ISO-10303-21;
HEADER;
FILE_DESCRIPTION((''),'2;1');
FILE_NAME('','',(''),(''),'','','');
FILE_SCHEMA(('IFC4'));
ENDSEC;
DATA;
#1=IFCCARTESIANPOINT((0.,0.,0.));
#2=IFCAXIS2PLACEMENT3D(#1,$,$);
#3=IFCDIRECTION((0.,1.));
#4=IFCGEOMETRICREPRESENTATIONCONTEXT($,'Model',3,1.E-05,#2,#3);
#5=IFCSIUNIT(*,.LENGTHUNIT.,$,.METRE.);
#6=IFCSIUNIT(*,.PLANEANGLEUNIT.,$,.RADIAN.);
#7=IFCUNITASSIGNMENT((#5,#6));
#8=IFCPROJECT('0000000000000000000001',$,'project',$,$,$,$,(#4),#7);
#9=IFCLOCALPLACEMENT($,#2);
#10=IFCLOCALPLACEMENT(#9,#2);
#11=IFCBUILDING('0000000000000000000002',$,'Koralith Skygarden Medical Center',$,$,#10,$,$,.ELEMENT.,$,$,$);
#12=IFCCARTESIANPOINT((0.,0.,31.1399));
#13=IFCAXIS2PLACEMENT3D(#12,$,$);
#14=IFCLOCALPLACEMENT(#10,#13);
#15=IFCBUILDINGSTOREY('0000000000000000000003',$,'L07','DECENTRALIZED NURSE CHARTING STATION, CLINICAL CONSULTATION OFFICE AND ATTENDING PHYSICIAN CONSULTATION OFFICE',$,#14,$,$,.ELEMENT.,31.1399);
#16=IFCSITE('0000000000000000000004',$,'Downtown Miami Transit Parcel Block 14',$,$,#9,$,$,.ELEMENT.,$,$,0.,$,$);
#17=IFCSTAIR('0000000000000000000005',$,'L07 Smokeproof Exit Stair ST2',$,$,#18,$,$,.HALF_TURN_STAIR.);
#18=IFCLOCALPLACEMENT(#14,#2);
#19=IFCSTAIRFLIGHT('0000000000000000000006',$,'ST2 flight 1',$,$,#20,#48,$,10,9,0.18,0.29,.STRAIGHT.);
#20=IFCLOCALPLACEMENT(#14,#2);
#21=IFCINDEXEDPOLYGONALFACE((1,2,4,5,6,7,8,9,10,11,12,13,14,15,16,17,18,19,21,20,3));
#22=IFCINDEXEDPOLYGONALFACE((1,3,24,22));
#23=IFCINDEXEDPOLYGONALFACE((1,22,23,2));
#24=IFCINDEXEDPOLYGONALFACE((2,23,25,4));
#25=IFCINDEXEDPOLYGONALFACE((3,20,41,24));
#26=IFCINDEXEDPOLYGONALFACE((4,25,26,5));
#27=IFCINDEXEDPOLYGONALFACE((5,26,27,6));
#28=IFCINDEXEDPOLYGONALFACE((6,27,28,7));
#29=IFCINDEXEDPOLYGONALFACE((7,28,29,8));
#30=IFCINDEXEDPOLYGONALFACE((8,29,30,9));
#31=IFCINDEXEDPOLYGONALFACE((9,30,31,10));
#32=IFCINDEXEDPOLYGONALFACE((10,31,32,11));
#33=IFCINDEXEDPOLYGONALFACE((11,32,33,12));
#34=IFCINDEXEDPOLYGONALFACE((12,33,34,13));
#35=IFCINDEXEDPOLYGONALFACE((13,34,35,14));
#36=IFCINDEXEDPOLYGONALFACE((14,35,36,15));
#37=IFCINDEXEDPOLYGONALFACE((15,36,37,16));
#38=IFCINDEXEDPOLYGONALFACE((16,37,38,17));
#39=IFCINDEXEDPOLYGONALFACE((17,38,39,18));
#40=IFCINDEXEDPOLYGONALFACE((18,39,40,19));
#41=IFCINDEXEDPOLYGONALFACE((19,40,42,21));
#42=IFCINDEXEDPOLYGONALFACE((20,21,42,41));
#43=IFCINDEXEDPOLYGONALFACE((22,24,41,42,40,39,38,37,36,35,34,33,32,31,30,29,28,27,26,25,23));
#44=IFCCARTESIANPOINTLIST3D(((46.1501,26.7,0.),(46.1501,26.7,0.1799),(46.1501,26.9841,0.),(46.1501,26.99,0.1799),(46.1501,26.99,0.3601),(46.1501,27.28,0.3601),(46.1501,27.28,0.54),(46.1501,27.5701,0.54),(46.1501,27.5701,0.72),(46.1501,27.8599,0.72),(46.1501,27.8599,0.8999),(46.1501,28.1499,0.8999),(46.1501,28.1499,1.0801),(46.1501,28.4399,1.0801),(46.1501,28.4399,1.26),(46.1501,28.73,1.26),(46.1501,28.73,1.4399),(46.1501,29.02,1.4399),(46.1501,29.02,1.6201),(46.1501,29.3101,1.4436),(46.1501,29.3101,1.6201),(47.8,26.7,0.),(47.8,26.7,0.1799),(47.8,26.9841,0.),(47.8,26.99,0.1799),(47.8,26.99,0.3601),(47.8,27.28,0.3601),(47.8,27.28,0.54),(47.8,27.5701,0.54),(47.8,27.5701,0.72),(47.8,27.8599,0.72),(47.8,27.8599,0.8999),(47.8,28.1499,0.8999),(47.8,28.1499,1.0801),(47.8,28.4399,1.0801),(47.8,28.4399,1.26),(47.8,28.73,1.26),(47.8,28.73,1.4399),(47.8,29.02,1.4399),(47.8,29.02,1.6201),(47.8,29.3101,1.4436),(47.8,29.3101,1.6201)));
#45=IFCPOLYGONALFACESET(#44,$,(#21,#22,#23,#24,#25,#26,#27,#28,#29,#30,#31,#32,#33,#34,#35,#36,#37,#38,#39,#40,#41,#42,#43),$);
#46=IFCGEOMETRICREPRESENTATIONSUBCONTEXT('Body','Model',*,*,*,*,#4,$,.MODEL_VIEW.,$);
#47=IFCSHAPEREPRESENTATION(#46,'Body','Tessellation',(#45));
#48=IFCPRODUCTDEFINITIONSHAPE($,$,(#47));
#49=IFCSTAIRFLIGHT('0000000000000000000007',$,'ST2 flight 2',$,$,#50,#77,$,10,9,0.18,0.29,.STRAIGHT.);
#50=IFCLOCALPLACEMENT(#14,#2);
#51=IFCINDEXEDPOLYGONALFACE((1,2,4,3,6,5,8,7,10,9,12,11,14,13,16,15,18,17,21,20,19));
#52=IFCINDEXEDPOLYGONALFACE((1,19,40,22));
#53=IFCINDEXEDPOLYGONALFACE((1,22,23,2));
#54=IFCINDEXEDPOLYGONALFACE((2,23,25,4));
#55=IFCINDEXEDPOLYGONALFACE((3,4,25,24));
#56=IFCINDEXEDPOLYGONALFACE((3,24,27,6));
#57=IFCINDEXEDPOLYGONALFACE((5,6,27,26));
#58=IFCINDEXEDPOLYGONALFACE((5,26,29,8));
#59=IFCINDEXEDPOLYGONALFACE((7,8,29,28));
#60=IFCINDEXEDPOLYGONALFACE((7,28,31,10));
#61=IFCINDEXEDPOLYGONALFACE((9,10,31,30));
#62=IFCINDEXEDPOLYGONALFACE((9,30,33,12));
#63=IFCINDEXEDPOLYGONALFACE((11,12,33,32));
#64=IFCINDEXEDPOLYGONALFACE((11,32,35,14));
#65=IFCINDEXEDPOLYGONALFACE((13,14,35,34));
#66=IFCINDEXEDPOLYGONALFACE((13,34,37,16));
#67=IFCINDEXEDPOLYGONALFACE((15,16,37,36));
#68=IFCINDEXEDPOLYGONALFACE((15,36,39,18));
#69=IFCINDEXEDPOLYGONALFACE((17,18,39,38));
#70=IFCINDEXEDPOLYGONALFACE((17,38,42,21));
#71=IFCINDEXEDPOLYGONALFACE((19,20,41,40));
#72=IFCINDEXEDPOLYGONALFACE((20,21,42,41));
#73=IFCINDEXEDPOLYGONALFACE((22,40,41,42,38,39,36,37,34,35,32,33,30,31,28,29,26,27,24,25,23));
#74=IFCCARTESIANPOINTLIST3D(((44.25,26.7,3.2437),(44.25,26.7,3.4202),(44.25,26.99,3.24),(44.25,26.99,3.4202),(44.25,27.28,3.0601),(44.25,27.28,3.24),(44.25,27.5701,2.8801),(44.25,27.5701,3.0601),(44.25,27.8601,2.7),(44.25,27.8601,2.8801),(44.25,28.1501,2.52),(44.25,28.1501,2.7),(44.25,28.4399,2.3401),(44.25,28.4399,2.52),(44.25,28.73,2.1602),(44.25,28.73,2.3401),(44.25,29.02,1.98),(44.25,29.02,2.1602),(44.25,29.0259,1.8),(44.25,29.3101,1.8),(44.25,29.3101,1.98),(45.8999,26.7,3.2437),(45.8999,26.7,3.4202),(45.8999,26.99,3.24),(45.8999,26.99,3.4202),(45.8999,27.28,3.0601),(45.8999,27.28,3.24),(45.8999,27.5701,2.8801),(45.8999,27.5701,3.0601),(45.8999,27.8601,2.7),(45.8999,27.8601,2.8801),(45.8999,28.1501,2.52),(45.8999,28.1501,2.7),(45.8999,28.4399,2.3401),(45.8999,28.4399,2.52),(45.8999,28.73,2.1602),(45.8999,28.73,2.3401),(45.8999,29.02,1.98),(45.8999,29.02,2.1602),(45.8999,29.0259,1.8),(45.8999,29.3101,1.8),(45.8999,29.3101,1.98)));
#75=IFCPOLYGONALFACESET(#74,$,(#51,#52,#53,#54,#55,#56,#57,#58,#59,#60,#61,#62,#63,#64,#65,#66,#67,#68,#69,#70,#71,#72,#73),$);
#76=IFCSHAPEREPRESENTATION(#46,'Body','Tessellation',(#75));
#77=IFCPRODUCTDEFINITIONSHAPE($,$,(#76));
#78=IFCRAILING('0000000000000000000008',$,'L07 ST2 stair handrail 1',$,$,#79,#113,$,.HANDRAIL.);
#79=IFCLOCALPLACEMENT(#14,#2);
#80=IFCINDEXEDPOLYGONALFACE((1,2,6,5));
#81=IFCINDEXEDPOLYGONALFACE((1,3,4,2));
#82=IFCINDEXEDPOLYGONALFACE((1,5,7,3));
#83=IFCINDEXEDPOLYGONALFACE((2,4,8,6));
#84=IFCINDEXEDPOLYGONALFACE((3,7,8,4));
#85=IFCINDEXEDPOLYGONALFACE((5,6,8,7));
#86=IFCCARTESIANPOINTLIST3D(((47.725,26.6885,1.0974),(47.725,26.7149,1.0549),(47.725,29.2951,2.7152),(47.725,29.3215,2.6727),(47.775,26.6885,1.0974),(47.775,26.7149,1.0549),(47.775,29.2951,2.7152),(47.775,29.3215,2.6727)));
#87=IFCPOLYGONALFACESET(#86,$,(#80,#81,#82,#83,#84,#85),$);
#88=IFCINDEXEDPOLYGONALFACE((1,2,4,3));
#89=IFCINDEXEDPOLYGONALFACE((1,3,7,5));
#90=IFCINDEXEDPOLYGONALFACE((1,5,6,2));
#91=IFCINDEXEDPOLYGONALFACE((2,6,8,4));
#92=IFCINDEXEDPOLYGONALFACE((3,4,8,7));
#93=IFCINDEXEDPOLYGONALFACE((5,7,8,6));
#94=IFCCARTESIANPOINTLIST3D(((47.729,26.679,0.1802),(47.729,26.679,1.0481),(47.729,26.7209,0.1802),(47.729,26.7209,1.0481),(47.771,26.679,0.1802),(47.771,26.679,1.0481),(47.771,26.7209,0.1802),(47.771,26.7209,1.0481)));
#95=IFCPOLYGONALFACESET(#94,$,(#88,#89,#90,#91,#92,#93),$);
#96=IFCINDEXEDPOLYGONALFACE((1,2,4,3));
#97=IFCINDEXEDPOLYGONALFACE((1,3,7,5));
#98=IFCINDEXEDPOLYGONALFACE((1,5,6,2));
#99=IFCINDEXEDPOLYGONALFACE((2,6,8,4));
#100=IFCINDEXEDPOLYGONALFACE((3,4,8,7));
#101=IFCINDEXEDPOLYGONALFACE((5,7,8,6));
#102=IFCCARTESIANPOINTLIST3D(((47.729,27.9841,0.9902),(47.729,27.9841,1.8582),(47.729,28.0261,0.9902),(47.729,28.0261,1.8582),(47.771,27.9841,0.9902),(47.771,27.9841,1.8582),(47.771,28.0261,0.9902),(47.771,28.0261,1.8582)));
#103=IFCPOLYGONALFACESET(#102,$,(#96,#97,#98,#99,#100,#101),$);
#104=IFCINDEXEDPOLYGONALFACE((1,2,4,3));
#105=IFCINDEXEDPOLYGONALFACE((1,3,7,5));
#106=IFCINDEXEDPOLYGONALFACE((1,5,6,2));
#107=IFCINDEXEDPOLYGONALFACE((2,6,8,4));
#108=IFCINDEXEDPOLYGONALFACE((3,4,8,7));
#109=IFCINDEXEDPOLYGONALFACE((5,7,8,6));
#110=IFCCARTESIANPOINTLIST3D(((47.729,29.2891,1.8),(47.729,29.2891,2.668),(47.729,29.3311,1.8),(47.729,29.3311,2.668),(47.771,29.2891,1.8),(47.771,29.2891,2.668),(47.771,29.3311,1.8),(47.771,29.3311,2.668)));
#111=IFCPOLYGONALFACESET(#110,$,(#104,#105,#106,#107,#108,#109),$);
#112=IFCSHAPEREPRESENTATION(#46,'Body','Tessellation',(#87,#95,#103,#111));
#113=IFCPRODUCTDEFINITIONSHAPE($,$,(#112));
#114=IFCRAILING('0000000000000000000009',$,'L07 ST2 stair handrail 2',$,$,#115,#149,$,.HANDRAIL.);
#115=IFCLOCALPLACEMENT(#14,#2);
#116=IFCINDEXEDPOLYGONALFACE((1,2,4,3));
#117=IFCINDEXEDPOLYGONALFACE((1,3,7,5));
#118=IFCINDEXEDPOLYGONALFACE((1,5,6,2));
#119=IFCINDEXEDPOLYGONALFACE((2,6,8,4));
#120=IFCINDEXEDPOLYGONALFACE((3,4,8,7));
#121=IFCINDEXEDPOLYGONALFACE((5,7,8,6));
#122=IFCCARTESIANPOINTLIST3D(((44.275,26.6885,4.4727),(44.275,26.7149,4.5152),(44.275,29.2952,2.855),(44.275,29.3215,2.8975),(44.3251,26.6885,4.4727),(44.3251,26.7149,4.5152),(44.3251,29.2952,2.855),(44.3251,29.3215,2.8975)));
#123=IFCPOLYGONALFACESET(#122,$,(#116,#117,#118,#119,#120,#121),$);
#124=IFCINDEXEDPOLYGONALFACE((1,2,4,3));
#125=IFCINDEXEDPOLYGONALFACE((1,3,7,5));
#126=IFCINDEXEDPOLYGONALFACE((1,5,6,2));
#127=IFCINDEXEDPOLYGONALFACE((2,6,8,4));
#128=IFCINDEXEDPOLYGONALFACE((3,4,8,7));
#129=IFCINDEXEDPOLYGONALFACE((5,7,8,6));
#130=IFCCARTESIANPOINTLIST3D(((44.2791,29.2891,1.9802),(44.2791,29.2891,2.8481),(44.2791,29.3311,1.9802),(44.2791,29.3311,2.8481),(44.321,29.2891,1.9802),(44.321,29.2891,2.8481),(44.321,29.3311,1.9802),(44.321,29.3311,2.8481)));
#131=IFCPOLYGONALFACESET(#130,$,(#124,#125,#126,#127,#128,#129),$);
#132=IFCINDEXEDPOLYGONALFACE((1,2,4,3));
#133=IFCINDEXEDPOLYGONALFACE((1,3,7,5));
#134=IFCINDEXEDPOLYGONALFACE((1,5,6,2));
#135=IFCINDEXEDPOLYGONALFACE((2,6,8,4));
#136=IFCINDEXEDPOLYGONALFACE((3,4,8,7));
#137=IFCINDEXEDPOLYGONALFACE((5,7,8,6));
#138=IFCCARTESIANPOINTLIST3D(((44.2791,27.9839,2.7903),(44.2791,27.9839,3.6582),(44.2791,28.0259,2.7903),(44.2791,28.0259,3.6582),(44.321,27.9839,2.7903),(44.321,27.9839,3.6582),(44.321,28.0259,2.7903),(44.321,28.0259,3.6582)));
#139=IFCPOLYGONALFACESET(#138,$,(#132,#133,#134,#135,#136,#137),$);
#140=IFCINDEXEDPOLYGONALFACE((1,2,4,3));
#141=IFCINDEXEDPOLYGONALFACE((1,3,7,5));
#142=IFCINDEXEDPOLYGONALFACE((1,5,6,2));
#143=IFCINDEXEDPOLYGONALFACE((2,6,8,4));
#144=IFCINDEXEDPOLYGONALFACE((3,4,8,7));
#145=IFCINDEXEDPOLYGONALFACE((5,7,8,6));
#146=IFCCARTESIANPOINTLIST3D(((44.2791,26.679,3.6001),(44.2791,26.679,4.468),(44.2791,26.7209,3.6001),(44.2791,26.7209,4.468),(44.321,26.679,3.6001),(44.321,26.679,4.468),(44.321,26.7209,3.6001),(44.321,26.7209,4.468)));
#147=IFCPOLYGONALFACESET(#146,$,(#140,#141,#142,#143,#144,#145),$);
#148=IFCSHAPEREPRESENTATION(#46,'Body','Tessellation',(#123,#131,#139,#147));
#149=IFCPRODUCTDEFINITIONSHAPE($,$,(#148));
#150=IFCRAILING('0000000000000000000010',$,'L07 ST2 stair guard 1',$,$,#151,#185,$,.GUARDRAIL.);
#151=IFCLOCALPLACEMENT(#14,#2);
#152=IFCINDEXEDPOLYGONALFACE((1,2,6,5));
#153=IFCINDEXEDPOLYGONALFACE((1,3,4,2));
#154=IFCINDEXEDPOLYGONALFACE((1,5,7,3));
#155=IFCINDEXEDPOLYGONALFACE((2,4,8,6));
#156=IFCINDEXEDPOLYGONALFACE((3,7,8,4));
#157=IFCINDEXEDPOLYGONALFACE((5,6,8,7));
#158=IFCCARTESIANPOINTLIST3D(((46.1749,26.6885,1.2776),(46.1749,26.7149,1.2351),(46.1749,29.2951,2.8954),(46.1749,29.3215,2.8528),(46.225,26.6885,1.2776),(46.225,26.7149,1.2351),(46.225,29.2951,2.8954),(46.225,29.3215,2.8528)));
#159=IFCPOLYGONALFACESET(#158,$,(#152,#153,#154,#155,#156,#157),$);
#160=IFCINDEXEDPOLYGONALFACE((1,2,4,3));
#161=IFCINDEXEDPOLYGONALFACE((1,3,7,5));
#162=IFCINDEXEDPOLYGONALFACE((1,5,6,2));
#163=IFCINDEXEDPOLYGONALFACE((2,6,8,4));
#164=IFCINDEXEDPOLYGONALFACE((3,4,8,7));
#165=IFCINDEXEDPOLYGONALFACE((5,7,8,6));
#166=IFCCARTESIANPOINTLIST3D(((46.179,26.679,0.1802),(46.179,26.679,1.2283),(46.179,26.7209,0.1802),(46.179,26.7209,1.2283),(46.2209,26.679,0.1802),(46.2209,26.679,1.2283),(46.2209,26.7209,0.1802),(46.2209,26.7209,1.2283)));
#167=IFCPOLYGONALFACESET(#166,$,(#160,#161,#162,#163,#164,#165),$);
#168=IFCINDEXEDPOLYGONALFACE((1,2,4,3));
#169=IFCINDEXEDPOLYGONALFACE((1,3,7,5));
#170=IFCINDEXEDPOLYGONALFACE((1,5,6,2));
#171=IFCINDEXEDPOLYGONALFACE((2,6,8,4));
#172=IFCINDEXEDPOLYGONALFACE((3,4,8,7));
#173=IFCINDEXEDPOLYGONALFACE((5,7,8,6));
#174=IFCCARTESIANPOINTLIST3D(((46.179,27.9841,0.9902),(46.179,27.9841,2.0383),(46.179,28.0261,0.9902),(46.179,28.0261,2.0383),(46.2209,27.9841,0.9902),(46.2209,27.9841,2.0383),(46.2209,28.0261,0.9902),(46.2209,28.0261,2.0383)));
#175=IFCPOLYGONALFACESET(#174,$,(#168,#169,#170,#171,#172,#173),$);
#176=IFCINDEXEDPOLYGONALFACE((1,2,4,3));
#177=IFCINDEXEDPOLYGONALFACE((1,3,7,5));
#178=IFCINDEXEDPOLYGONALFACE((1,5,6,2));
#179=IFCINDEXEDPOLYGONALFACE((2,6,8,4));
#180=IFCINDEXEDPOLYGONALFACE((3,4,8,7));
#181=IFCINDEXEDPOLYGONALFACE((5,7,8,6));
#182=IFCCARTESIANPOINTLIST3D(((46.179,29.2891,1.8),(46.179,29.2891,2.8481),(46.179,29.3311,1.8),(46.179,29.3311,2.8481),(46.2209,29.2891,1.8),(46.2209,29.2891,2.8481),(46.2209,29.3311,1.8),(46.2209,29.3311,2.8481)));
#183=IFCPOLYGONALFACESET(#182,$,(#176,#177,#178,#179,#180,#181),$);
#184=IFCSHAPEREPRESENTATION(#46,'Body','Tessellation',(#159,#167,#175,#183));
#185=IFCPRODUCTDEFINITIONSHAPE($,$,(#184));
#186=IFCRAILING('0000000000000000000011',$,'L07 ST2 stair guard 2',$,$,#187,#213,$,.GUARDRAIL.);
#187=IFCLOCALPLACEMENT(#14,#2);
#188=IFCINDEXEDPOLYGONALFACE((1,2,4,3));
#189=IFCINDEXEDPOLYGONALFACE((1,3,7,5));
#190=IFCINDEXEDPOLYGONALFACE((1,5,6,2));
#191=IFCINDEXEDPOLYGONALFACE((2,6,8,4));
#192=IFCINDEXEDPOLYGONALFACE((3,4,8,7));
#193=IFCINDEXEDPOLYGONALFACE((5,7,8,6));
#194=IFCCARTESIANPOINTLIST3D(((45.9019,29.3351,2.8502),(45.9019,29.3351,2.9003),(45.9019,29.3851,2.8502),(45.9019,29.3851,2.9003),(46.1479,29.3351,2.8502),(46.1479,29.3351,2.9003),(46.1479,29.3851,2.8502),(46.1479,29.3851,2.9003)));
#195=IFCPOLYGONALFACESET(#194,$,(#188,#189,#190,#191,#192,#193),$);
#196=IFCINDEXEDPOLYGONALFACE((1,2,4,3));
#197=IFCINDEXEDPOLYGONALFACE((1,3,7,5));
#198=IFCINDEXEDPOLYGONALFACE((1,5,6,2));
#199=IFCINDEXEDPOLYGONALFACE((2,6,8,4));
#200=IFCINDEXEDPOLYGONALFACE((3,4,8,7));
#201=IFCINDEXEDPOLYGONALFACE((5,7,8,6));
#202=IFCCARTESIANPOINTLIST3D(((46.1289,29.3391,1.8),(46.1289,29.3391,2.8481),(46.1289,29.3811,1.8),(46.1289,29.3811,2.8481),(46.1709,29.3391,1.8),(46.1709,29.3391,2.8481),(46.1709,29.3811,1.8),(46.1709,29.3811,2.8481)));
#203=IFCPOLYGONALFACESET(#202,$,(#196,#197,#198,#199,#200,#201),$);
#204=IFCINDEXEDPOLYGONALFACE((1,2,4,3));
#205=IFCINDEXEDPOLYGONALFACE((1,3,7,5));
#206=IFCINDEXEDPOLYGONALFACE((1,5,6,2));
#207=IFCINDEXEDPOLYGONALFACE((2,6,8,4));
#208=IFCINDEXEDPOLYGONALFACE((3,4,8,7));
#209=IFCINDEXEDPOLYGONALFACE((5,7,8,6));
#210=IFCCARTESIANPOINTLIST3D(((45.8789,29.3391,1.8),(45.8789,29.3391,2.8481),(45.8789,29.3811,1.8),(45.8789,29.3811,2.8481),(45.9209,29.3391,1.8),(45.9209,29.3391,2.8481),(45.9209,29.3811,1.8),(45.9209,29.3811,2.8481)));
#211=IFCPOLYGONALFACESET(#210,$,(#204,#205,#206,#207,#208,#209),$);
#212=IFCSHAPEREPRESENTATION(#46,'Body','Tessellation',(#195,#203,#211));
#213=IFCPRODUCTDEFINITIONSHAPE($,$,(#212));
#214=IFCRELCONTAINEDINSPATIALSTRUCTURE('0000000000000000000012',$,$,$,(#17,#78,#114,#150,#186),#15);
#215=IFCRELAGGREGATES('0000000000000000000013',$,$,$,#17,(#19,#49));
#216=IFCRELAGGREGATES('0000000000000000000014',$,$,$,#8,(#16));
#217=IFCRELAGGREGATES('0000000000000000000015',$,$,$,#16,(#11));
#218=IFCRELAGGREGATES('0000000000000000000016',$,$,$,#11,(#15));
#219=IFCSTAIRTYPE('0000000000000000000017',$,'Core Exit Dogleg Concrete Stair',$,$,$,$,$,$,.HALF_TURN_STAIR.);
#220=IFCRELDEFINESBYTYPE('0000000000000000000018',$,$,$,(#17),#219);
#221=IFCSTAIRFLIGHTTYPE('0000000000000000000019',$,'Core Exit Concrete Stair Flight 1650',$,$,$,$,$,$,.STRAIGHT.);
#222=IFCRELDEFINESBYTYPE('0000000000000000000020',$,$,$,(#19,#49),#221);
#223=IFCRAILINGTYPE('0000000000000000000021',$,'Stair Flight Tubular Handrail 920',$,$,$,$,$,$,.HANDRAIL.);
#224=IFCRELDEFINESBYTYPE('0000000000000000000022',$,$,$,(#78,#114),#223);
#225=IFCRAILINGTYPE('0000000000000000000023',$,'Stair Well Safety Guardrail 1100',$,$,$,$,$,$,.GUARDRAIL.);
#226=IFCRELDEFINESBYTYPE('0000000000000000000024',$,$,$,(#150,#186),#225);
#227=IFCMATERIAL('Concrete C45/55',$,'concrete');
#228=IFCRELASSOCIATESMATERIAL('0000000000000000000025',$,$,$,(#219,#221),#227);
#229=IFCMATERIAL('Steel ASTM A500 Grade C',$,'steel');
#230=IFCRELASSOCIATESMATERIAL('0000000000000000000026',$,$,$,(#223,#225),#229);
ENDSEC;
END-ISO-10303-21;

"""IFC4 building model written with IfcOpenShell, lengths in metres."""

from ifc_helpers import new_model, si_unit, direction, frame, origin, origin_2d, place, context, subcontext, project, spatial, polyline, rectangle, outline, extrude, material, type_object, element, aggregate, save


model = new_model("IFC4")

# Units and contexts
model_context = context("Model", 3, precision=1e-05, world=origin(), true_north=direction((0.0, 1.0)))
body_context = subcontext(model_context, "Body", "Model", "MODEL_VIEW")
ifc_project = project(units=[si_unit("LENGTHUNIT", "METRE"), si_unit("PLANEANGLEUNIT", "RADIAN")], contexts=[model_context])

# Site, building, storey
site_placement = place(None, origin())
site = spatial("IfcSite", under=ifc_project, at=site_placement, Name="Downtown Miami Transit Parcel Block 14", CompositionType="ELEMENT", RefElevation=0.0)
building_placement = place(site_placement, origin())
building = spatial("IfcBuilding", under=site, at=building_placement, Name="Koralith Skygarden Medical Center", CompositionType="ELEMENT")
storey_placement = place(building_placement, frame((0.0, 0.0, 31.1399)))
storey = spatial("IfcBuildingStorey", under=building, at=storey_placement, Name="L07", Description="DECENTRALIZED NURSE CHARTING STATION, CLINICAL CONSULTATION OFFICE AND ATTENDING PHYSICIAN CONSULTATION OFFICE", CompositionType="ELEMENT", Elevation=31.1399)

# Shared definitions
ifc_material_1 = material(Name="Concrete C45/55", Category="concrete")

# Shared definitions
ifc_material_2 = material(Name="Steel ASTM A500 Grade C", Category="steel")

# Stair, stair flights
stair_type = type_object("IfcStairType", Name="Core Exit Dogleg Concrete Stair", PredefinedType="HALF_TURN_STAIR", material=ifc_material_1)
stair_placement = place(storey_placement, origin())
stair = element("IfcStair", 1, at=stair_placement, inside=storey, type_object=stair_type, Name="L07 Smokeproof Exit Stair ST2", PredefinedType="HALF_TURN_STAIR")
stair_flight_type = type_object("IfcStairFlightType", Name="Core Exit Concrete Stair Flight 1650", PredefinedType="STRAIGHT", material=ifc_material_1)
stair_flight_1_placement = place(storey_placement, frame((46.9751, 26.7, 0.0), z_axis=(0.0, 0.0, 1.0), x_axis=(0.0, 1.0, 0.0)))
stair_flight_1 = element("IfcStairFlight", 2, at=stair_flight_1_placement, type_object=stair_flight_type, Name="ST2 flight 1", NumberOfRisers=10, NumberOfTreads=9, PredefinedType="STRAIGHT", RiserHeight=0.18, TreadLength=0.29, context=body_context, shape_type="SweptSolid", body=[
    extrude(outline(polyline([(0.0, 0.0), (0.0, 0.1799), (0.29, 0.1799), (0.29, 0.3601), (0.5801, 0.3601), (0.5801, 0.54), (0.8701, 0.54), (0.8701, 0.72), (1.1599, 0.72), (1.1599, 0.8999), (1.45, 0.8999), (1.45, 1.0801), (1.74, 1.0801), (1.74, 1.26), (2.03, 1.26), (2.03, 1.4399), (2.3201, 1.4399), (2.3201, 1.6201), (2.6101, 1.6201), (2.6101, 1.8), (2.6101, 1.4436), (0.2842, 0.0), (0.0, 0.0)])), frame((0.0, 0.825, 0.0), z_axis=(0.0, -1.0, 0.0), x_axis=(1.0, 0.0, 0.0)), (0.0, 0.0, 1.0), 1.6499),
])
stair_flight_2_placement = place(storey_placement, frame((45.075, 29.3101, 1.8), z_axis=(0.0, 0.0, 1.0), x_axis=(0.0, -1.0, 0.0)))
stair_flight_2 = element("IfcStairFlight", 3, at=stair_flight_2_placement, type_object=stair_flight_type, Name="ST2 flight 2", NumberOfRisers=10, NumberOfTreads=9, PredefinedType="STRAIGHT", RiserHeight=0.18, TreadLength=0.29, context=body_context, shape_type="SweptSolid", body=[
    extrude(outline(polyline([(0.0, 0.0), (0.0, 0.1799), (0.29, 0.1799), (0.29, 0.3601), (0.5801, 0.3601), (0.5801, 0.54), (0.8701, 0.54), (0.8701, 0.72), (1.1599, 0.72), (1.1599, 0.8999), (1.45, 0.8999), (1.45, 1.0801), (1.74, 1.0801), (1.74, 1.26), (2.03, 1.26), (2.03, 1.4399), (2.3201, 1.4399), (2.3201, 1.6201), (2.6101, 1.6201), (2.6101, 1.8), (2.6101, 1.4436), (0.2842, 0.0), (0.0, 0.0)])), frame((0.0, 0.825, 0.0), z_axis=(0.0, -1.0, 0.0), x_axis=(1.0, 0.0, 0.0)), (0.0, 0.0, 1.0), 1.6499),
])
aggregate(stair, [stair_flight_1, stair_flight_2])

# Railings
railing_type_1 = type_object("IfcRailingType", Name="Stair Flight Tubular Handrail 920", PredefinedType="HANDRAIL", material=ifc_material_2)
railing_1_placement = place(storey_placement, frame((47.75, 26.7, 0.1802)))
element("IfcRailing", 4, at=railing_1_placement, inside=storey, type_object=railing_type_1, Name="L07 ST2 stair handrail 1", PredefinedType="HANDRAIL", context=body_context, shape_type="SweptSolid", body=[
    extrude(rectangle(XDim=0.05, YDim=0.05, at=origin_2d()), frame((0.0, 0.0017, 0.896), z_axis=(0.0, 0.849668, 0.527317), x_axis=(-1.0, 0.0, 0.0)), (0.0, 0.0, 1.0), 3.0679),
    extrude(rectangle(XDim=0.042, YDim=0.042, at=origin_2d()), origin(), (0.0, 0.0, 1.0), 0.8679),
    extrude(rectangle(XDim=0.042, YDim=0.042, at=origin_2d()), frame((0.0, 1.3052, 0.8101)), (0.0, 0.0, 1.0), 0.8679),
    extrude(rectangle(XDim=0.042, YDim=0.042, at=origin_2d()), frame((0.0, 2.6101, 1.6199)), (0.0, 0.0, 1.0), 0.8679),
])
railing_2_placement = place(storey_placement, frame((44.3, 29.3101, 1.9802)))
element("IfcRailing", 5, at=railing_2_placement, inside=storey, type_object=railing_type_1, Name="L07 ST2 stair handrail 2", PredefinedType="HANDRAIL", context=body_context, shape_type="SweptSolid", body=[
    extrude(rectangle(XDim=0.05, YDim=0.05, at=origin_2d()), frame((0.0, -0.0017, 0.896), z_axis=(0.0, -0.849668, 0.527317), x_axis=(1.0, 0.0, 0.0)), (0.0, 0.0, 1.0), 3.0679),
    extrude(rectangle(XDim=0.042, YDim=0.042, at=origin_2d()), origin(), (0.0, 0.0, 1.0), 0.8679),
    extrude(rectangle(XDim=0.042, YDim=0.042, at=origin_2d()), frame((0.0, -1.3052, 0.8101)), (0.0, 0.0, 1.0), 0.8679),
    extrude(rectangle(XDim=0.042, YDim=0.042, at=origin_2d()), frame((0.0, -2.6101, 1.6199)), (0.0, 0.0, 1.0), 0.8679),
])
railing_type_2 = type_object("IfcRailingType", Name="Stair Well Safety Guardrail 1100", PredefinedType="GUARDRAIL", material=ifc_material_2)
railing_3_placement = place(storey_placement, frame((46.2, 26.7, 0.1802)))
element("IfcRailing", 6, at=railing_3_placement, inside=storey, type_object=railing_type_2, Name="L07 ST2 stair guard 1", PredefinedType="GUARDRAIL", context=body_context, shape_type="SweptSolid", body=[
    extrude(rectangle(XDim=0.05, YDim=0.05, at=origin_2d()), frame((0.0, 0.0017, 1.0762), z_axis=(0.0, 0.849668, 0.527317), x_axis=(-1.0, 0.0, 0.0)), (0.0, 0.0, 1.0), 3.0679),
    extrude(rectangle(XDim=0.042, YDim=0.042, at=origin_2d()), origin(), (0.0, 0.0, 1.0), 1.0481),
    extrude(rectangle(XDim=0.042, YDim=0.042, at=origin_2d()), frame((0.0, 1.3052, 0.8101)), (0.0, 0.0, 1.0), 1.0481),
    extrude(rectangle(XDim=0.042, YDim=0.042, at=origin_2d()), frame((0.0, 2.6101, 1.6199)), (0.0, 0.0, 1.0), 1.0481),
])
railing_4_placement = place(storey_placement, frame((46.1499, 29.3601, 1.8)))
element("IfcRailing", 7, at=railing_4_placement, inside=storey, type_object=railing_type_2, Name="L07 ST2 stair guard 2", PredefinedType="GUARDRAIL", context=body_context, shape_type="SweptSolid", body=[
    extrude(rectangle(XDim=0.05, YDim=0.05, at=origin_2d()), frame((-0.002, 0.0, 1.0752), z_axis=(-1.0, 0.0, 0.0), x_axis=(0.0, -1.0, 0.0)), (0.0, 0.0, 1.0), 0.2461),
    extrude(rectangle(XDim=0.042, YDim=0.042, at=origin_2d()), origin(), (0.0, 0.0, 1.0), 1.0481),
    extrude(rectangle(XDim=0.042, YDim=0.042, at=origin_2d()), frame((-0.25, 0.0, 0.0)), (0.0, 0.0, 1.0), 1.0481),
])

save(model, "model.ifc")
